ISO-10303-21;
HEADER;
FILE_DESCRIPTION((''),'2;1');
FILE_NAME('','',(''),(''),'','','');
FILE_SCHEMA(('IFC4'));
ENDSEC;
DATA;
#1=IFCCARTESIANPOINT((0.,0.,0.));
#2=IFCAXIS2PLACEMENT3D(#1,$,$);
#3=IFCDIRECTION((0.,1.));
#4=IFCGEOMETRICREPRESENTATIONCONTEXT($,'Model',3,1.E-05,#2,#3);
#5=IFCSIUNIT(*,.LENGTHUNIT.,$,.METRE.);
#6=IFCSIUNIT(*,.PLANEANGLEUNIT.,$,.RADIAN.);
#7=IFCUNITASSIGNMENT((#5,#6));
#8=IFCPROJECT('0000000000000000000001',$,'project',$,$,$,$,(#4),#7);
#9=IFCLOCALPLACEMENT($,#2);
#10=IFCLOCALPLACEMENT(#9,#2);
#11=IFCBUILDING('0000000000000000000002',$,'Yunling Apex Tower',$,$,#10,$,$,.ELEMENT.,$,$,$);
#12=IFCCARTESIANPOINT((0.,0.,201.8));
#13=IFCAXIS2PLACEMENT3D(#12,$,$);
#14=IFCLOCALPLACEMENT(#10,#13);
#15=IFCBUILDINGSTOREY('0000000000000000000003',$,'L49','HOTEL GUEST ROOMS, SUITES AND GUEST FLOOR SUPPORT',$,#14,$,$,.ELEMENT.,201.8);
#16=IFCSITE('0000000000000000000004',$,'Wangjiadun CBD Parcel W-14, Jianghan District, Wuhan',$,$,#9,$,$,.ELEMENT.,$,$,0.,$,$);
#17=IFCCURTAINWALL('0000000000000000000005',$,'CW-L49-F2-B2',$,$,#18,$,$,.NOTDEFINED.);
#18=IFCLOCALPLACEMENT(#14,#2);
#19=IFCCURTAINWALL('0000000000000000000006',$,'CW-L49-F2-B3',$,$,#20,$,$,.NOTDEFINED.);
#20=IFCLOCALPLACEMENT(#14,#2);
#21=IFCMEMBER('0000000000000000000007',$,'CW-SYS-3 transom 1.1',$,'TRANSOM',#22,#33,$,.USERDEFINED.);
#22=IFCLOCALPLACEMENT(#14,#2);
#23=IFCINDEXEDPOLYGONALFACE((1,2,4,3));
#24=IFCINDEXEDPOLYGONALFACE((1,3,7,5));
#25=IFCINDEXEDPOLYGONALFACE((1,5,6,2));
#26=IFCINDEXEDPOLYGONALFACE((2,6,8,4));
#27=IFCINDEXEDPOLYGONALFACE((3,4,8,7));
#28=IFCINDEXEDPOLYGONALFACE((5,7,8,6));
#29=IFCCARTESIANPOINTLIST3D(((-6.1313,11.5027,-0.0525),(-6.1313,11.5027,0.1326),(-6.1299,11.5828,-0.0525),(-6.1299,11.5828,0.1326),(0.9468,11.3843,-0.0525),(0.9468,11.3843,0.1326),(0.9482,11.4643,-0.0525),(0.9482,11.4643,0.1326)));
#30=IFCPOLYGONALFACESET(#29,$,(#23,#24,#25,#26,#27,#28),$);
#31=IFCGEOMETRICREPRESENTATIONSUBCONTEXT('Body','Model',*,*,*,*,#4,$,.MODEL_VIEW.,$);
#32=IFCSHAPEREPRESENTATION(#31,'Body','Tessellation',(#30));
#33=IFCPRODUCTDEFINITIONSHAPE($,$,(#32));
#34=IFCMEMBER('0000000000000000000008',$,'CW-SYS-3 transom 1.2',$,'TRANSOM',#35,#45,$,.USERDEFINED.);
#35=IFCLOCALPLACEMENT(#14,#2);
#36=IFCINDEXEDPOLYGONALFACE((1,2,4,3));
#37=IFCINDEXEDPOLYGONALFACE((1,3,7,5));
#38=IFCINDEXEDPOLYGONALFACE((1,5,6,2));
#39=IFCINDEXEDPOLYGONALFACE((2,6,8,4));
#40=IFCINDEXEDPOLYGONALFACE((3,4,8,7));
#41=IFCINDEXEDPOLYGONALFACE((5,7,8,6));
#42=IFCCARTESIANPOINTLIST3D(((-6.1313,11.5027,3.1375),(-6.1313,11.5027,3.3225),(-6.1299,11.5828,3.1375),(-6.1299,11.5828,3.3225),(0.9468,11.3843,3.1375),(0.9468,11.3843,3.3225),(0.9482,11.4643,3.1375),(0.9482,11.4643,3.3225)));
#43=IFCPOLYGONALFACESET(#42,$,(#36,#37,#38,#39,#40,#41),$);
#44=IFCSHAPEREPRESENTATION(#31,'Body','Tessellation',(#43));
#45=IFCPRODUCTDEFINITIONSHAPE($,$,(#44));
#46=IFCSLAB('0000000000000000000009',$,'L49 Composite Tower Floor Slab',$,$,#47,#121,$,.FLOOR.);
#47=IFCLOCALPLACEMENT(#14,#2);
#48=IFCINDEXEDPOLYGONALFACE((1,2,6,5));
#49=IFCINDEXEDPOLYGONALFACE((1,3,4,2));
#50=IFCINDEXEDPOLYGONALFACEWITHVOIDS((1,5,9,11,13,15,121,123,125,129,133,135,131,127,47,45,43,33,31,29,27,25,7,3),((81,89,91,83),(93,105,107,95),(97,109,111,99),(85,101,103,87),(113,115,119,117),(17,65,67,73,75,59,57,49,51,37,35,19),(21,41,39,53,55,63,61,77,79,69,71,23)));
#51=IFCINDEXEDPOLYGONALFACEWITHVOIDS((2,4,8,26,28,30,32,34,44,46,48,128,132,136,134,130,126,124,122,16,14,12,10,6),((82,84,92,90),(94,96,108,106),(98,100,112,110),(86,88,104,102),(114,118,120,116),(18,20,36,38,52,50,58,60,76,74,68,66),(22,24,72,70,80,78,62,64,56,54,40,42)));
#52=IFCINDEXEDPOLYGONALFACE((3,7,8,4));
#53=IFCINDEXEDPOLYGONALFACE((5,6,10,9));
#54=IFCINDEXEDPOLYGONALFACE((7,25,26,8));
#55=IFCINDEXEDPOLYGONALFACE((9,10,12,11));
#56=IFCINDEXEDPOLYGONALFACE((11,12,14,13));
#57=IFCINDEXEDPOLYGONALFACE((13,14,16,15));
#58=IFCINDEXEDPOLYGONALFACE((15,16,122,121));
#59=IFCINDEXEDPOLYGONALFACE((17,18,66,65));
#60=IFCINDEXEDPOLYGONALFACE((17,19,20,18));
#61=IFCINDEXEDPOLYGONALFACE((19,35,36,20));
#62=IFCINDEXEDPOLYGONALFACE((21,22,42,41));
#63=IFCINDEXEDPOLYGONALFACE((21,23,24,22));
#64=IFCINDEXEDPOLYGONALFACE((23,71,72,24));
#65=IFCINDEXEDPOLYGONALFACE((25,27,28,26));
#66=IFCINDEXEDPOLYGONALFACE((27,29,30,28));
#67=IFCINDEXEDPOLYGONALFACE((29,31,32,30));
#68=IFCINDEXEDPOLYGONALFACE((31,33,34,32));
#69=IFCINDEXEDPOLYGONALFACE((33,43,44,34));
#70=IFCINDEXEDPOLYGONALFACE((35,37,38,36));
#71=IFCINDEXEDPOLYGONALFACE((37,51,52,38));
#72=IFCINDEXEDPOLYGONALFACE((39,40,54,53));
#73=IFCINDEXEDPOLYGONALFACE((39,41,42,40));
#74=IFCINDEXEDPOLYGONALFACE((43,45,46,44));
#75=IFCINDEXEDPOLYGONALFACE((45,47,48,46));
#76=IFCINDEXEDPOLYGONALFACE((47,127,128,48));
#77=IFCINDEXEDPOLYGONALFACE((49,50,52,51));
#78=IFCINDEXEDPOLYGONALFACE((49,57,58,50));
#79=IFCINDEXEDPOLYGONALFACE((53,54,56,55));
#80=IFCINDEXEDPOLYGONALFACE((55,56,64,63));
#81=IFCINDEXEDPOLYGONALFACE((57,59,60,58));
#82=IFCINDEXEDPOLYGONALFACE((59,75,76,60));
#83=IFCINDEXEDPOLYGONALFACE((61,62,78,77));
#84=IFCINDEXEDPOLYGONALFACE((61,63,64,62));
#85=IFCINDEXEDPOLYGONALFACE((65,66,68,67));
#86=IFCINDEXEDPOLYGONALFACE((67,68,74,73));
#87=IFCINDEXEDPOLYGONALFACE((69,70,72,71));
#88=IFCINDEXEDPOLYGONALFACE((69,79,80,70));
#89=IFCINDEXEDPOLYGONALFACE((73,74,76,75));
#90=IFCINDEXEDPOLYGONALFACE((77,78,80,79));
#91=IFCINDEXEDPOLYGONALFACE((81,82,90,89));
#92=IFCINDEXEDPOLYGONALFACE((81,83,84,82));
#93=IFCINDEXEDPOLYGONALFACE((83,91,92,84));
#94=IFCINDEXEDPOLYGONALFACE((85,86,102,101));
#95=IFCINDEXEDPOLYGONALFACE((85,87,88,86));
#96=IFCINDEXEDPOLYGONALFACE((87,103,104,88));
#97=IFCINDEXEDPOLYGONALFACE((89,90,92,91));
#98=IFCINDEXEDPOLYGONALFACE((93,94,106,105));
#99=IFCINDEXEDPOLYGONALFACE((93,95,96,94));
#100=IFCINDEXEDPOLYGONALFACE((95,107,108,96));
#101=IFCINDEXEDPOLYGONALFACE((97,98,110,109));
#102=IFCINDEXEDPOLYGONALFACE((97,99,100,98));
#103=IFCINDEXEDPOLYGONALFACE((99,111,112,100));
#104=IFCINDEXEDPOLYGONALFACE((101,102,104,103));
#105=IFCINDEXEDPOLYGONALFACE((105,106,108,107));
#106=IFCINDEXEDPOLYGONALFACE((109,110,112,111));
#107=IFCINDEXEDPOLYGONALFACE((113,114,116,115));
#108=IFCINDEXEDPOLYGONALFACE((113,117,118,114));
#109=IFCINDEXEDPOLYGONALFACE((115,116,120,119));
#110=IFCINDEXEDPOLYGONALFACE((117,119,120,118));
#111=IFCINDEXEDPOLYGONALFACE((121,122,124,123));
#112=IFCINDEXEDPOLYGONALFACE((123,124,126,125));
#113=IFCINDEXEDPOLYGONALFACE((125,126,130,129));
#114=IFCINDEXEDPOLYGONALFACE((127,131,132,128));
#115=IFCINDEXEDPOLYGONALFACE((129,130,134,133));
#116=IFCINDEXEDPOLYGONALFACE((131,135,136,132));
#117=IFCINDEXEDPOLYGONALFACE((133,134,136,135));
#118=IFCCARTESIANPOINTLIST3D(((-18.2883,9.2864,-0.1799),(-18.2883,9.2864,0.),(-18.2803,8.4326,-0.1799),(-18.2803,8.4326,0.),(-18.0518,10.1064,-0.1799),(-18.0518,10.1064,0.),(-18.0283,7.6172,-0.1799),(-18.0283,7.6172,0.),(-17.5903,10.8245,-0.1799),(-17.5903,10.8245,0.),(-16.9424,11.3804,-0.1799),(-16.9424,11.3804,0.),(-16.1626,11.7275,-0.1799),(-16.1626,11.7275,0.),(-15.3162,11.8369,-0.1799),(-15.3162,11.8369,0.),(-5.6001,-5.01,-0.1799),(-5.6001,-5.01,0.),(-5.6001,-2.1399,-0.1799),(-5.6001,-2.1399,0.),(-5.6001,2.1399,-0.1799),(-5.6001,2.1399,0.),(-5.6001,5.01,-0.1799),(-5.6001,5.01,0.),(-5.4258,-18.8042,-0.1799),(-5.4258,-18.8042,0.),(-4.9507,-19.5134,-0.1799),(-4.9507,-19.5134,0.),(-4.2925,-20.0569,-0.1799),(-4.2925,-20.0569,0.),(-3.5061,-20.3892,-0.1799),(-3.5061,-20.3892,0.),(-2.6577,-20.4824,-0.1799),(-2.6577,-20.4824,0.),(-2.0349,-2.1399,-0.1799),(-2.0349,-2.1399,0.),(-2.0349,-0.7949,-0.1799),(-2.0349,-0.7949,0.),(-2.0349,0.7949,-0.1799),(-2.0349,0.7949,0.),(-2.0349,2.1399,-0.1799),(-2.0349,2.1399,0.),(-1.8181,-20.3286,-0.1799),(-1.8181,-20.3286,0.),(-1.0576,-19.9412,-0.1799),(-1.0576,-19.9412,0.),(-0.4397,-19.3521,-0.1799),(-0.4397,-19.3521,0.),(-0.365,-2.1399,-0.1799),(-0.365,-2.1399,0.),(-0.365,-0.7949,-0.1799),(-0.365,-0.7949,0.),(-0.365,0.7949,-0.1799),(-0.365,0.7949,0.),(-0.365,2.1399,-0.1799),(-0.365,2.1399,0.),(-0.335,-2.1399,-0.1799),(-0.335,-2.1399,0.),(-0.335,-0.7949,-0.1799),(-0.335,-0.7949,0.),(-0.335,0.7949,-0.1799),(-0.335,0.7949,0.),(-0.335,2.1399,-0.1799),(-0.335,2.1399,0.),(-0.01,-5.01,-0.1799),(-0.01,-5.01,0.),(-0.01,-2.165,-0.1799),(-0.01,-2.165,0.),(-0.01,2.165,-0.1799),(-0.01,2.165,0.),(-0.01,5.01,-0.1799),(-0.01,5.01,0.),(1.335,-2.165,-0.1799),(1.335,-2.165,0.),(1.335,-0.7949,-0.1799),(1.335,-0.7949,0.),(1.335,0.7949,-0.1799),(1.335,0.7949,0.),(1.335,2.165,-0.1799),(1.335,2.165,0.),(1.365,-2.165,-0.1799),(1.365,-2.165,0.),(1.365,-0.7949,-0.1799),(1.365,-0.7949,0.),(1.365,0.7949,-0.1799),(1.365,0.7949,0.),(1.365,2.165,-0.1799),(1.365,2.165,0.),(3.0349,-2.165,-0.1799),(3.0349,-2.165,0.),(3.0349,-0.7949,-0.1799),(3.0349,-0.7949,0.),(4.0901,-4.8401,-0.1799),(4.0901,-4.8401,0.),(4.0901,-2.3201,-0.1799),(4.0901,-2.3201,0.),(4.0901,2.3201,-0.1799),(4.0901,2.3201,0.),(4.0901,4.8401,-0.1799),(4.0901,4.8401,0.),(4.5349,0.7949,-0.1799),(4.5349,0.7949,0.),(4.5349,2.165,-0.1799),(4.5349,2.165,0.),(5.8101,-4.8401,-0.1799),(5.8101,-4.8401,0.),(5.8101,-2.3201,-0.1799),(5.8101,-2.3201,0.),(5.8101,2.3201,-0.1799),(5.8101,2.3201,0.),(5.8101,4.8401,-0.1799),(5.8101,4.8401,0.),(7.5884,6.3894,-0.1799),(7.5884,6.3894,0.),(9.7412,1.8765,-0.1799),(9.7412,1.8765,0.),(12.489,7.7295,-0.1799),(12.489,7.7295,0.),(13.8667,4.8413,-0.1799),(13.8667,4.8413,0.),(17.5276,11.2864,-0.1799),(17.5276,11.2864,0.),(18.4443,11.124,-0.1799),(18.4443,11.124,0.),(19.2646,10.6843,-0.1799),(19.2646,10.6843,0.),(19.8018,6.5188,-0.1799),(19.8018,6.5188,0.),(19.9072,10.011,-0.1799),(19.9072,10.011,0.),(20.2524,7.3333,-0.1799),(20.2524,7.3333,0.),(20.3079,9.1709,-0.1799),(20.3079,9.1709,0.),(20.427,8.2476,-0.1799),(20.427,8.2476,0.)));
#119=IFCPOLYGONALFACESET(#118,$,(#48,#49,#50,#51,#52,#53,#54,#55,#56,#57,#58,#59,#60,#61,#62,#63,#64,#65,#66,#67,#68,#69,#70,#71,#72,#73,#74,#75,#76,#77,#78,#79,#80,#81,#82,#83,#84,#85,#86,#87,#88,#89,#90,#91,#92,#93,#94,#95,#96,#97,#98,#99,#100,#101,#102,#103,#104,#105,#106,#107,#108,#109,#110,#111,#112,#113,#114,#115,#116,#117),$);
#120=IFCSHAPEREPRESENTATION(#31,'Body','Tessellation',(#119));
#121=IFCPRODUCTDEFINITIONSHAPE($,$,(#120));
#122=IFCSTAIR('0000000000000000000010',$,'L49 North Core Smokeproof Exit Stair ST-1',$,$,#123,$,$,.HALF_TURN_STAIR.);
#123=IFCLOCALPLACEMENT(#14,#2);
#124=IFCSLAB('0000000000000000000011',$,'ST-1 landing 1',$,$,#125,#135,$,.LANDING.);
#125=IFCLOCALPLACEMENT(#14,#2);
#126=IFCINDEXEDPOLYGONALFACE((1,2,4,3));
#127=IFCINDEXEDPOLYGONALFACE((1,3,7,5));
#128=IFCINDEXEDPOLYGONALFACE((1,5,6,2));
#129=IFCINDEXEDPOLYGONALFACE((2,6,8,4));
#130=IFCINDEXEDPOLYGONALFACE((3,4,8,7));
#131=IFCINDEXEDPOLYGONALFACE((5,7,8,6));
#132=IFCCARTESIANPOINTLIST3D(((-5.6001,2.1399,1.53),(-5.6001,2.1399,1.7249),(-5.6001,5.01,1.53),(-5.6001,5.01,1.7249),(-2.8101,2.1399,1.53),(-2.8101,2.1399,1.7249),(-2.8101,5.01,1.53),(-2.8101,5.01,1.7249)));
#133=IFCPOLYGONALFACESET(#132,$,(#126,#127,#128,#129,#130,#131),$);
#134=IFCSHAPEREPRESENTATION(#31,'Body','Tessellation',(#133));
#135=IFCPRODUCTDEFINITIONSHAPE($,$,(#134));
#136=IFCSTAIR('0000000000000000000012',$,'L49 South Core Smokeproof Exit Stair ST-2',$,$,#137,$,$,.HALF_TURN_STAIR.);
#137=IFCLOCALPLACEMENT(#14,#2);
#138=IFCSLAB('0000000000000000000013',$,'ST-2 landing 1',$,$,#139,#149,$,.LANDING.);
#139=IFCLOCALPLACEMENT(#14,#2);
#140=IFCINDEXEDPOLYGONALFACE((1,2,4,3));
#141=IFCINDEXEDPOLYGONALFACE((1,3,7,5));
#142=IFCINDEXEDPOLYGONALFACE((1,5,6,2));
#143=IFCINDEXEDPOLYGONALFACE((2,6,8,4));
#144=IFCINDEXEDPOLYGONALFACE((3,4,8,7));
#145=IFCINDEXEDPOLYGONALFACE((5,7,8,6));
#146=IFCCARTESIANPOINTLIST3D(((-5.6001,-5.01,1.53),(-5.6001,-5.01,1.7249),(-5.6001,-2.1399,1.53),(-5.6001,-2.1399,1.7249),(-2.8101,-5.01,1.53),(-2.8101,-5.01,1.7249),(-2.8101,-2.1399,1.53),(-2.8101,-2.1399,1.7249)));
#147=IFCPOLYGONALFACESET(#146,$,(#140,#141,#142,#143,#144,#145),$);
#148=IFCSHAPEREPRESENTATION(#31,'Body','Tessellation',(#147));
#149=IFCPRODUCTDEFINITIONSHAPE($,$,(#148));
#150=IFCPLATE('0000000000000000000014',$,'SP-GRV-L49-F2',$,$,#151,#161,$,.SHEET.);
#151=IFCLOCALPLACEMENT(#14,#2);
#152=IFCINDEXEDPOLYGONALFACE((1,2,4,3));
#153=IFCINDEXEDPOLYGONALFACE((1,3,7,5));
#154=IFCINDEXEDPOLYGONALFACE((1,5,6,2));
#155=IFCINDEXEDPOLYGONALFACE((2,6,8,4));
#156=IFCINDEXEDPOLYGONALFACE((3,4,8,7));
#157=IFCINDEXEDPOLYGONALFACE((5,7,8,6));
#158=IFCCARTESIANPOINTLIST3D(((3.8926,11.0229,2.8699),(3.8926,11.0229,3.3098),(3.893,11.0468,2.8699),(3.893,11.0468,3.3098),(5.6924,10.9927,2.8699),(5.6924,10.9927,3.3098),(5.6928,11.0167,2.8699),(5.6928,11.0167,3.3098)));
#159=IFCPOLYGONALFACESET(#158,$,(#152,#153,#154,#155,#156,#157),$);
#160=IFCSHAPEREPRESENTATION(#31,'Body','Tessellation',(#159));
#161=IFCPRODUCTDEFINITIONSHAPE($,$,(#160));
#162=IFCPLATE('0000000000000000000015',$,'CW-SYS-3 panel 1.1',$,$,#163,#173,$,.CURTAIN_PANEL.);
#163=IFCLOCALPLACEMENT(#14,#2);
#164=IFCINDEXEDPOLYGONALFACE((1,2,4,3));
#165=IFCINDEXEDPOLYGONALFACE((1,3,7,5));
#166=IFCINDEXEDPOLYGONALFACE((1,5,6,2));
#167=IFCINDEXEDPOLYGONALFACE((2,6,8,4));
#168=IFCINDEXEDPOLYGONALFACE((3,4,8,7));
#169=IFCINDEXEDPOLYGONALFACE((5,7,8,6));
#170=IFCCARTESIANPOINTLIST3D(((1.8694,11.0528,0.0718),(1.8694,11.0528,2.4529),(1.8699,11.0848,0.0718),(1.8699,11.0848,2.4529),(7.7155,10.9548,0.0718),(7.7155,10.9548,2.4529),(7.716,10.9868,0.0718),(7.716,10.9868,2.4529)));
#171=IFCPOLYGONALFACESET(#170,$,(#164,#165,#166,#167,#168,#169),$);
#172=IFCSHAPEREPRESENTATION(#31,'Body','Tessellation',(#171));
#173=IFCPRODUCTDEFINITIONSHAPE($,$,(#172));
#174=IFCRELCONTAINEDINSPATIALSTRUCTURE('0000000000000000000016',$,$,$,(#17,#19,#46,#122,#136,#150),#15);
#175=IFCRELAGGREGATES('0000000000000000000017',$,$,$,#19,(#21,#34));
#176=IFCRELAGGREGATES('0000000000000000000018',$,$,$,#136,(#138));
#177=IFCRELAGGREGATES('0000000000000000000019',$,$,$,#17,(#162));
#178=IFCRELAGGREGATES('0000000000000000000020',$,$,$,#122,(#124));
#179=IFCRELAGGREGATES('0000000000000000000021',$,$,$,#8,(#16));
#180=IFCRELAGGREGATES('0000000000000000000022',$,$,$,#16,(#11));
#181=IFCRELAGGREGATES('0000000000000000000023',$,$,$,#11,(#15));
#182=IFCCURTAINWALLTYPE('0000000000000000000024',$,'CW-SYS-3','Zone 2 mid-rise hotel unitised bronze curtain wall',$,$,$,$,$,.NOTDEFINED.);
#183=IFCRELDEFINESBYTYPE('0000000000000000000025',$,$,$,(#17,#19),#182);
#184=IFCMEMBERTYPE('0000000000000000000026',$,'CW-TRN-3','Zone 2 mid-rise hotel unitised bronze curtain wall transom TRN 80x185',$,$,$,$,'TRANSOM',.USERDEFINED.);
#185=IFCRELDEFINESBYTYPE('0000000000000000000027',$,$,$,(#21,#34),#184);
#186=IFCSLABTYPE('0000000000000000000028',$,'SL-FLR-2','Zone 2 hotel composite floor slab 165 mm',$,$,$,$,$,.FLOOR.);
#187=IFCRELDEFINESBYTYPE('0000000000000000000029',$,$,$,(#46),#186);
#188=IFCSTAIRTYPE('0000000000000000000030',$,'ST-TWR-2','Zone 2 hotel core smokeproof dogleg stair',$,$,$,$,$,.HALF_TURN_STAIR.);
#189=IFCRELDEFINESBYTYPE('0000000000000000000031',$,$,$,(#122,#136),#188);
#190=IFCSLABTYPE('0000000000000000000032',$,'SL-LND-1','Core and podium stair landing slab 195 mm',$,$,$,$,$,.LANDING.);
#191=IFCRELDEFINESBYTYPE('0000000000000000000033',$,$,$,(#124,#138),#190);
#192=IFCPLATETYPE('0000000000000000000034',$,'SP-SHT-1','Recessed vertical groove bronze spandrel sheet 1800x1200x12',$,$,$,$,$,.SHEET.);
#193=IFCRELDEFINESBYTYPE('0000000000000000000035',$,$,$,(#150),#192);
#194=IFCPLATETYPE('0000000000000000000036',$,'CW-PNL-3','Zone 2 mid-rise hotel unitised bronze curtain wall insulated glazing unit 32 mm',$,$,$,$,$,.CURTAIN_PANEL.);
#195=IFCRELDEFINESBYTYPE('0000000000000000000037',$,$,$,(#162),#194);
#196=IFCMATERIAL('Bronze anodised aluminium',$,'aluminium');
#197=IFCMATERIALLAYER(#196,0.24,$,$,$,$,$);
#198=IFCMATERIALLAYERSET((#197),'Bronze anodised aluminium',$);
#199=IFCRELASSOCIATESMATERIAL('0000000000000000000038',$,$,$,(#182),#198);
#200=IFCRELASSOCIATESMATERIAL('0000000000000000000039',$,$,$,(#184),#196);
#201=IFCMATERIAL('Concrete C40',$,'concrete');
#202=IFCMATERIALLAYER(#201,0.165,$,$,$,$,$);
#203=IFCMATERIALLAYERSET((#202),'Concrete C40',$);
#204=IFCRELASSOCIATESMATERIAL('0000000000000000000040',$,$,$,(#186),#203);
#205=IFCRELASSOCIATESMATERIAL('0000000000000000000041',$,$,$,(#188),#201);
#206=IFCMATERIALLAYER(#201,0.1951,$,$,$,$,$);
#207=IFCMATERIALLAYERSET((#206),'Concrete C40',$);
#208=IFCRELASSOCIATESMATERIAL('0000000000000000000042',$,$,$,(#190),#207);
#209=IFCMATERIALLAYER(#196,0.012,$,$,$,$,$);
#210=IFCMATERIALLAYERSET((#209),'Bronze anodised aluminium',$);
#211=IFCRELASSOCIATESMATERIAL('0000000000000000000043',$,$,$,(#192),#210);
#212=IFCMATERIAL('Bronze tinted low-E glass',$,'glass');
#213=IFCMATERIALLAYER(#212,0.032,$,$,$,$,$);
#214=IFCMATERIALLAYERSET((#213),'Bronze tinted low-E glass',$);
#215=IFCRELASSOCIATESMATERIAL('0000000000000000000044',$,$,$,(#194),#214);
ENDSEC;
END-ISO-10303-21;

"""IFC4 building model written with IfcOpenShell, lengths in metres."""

from ifc_helpers import new_model, si_unit, direction, frame, origin, origin_2d, place, context, subcontext, project, spatial, polyline, rectangle, outline, extrude, source, transform, mapped, material, layer, layer_set, material_profile, profile_set, type_object, element, aggregate, save


model = new_model("IFC4")

# Units and contexts
model_context = context("Model", 3, precision=1e-05, world=origin(), true_north=direction((0.0, 1.0)))
body_context = subcontext(model_context, "Body", "Model", "MODEL_VIEW")
ifc_project = project(units=[si_unit("LENGTHUNIT", "METRE"), si_unit("PLANEANGLEUNIT", "RADIAN")], contexts=[model_context])

# Site, building, storey
site_placement = place(None, origin())
site = spatial("IfcSite", under=ifc_project, at=site_placement, Name="Wangjiadun CBD Parcel W-14, Jianghan District, Wuhan", CompositionType="ELEMENT", RefElevation=0.0)
building_placement = place(site_placement, origin())
building = spatial("IfcBuilding", under=site, at=building_placement, Name="Yunling Apex Tower", CompositionType="ELEMENT")
storey_placement = place(building_placement, frame((0.0, 0.0, 201.8)))
storey = spatial("IfcBuildingStorey", under=building, at=storey_placement, Name="L49", Description="HOTEL GUEST ROOMS, SUITES AND GUEST FLOOR SUPPORT", CompositionType="ELEMENT", Elevation=201.8)

# Curtain wall
ifc_material_1 = material(Name="Bronze anodised aluminium", Category="aluminium")
ifc_layer_1 = layer(ifc_material_1, 0.24)
ifc_layer_set_1 = layer_set([ifc_layer_1], Name="Bronze anodised aluminium")
curtain_wall_type = type_object("IfcCurtainWallType", Name="CW-SYS-3", Description="Zone 2 mid-rise hotel unitised bronze curtain wall", PredefinedType="NOTDEFINED", material=ifc_layer_set_1)
curtain_wall_1_placement = place(storey_placement, origin())
curtain_wall_1 = element("IfcCurtainWall", 1, at=curtain_wall_1_placement, inside=storey, type_object=curtain_wall_type, Name="CW-L49-F2-B2", PredefinedType="NOTDEFINED")

# Curtain wall, members
curtain_wall_2_placement = place(storey_placement, origin())
curtain_wall_2 = element("IfcCurtainWall", 2, at=curtain_wall_2_placement, inside=storey, type_object=curtain_wall_type, Name="CW-L49-F2-B3", PredefinedType="NOTDEFINED")
ifc_material_profile_1 = material_profile(ifc_material_1, rectangle(XDim=0.0801, YDim=0.1851, at=origin_2d()))
ifc_profile_set_1 = profile_set([ifc_material_profile_1], Name="Bronze anodised aluminium")
member_type_1 = type_object("IfcMemberType", Name="CW-TRN-3", Description="Zone 2 mid-rise hotel unitised bronze curtain wall transom TRN 80x185", ElementType="TRANSOM", PredefinedType="USERDEFINED", material=ifc_profile_set_1)
shared_shape_1 = source(origin(), body_context, "Body", "SweptSolid", [
    extrude(rectangle(XDim=0.0801, YDim=0.1851, at=origin_2d()), origin(), (0.0, 0.0, 1.0), 7.0791),
])
member_1_placement = place(storey_placement, frame((0.9475, 11.4243, 0.04), z_axis=(-0.99986, 0.016726, 0.0), x_axis=(-0.016726, -0.99986, 0.0)))
member_1 = element("IfcMember", 3, at=member_1_placement, type_object=member_type_1, Name="CW-SYS-3 transom 1.1", ObjectType="TRANSOM", PredefinedType="USERDEFINED", context=body_context, shape_type="MappedRepresentation", body=[
    mapped(shared_shape_1, transform((0.0, 0.0, 0.0), scale=1.0)),
])
member_2_placement = place(storey_placement, frame((0.9475, 11.4243, 3.23), z_axis=(-0.99986, 0.016726, 0.0), x_axis=(-0.016726, -0.99986, 0.0)))
member_2 = element("IfcMember", 4, at=member_2_placement, type_object=member_type_1, Name="CW-SYS-3 transom 1.2", ObjectType="TRANSOM", PredefinedType="USERDEFINED", context=body_context, shape_type="MappedRepresentation", body=[
    mapped(shared_shape_1, transform((0.0, 0.0, 0.0), scale=1.0)),
])
aggregate(curtain_wall_2, [member_1, member_2])

# Slab
ifc_material_2 = material(Name="Concrete C40", Category="concrete")
ifc_layer_2 = layer(ifc_material_2, 0.165)
ifc_layer_set_2 = layer_set([ifc_layer_2], Name="Concrete C40")
slab_type_1 = type_object("IfcSlabType", Name="SL-FLR-2", Description="Zone 2 hotel composite floor slab 165 mm", PredefinedType="FLOOR", material=ifc_layer_set_2)
slab_1_placement = place(storey_placement, frame((0.0, 0.0, -0.1799)))
element("IfcSlab", 5, at=slab_1_placement, inside=storey, type_object=slab_type_1, Name="L49 Composite Tower Floor Slab", PredefinedType="FLOOR", context=body_context, shape_type="SweptSolid", body=[
    extrude(outline(polyline([(-5.4258, -18.8042), (-4.9507, -19.5134), (-4.2925, -20.0569), (-3.5061, -20.3892), (-2.6577, -20.4824), (-1.8181, -20.3286), (-1.0576, -19.9412), (-0.4397, -19.3521), (19.8018, 6.5188), (20.2524, 7.3333), (20.427, 8.2476), (20.3079, 9.1709), (19.9072, 10.011), (19.2646, 10.6843), (18.4443, 11.124), (17.5276, 11.2864), (-15.3162, 11.8369), (-16.1626, 11.7275), (-16.9424, 11.3804), (-17.5903, 10.8245), (-18.0518, 10.1064), (-18.2883, 9.2864), (-18.2803, 8.4326), (-18.0283, 7.6172), (-5.4258, -18.8042)]), holes=[polyline([(12.489, 7.7295), (13.8667, 4.8413), (9.7412, 1.8765), (7.5884, 6.3894), (12.489, 7.7295)]), polyline([(4.0901, -2.3201), (5.8101, -2.3201), (5.8101, -4.8401), (4.0901, -4.8401), (4.0901, -2.3201)]), polyline([(5.8101, 4.8401), (5.8101, 2.3201), (4.0901, 2.3201), (4.0901, 4.8401), (5.8101, 4.8401)]), polyline([(1.365, 2.165), (4.5349, 2.165), (4.5349, 0.7949), (1.365, 0.7949), (1.365, 2.165)]), polyline([(3.0349, -0.7949), (3.0349, -2.165), (1.365, -2.165), (1.365, -0.7949), (3.0349, -0.7949)]), polyline([(-2.0349, -0.7949), (-0.365, -0.7949), (-0.365, -2.1399), (-0.335, -2.1399), (-0.335, -0.7949), (1.335, -0.7949), (1.335, -2.165), (-0.01, -2.165), (-0.01, -5.01), (-5.6001, -5.01), (-5.6001, -2.1399), (-2.0349, -2.1399), (-2.0349, -0.7949)]), polyline([(-5.6001, 2.1399), (-5.6001, 5.01), (-0.01, 5.01), (-0.01, 2.165), (1.335, 2.165), (1.335, 0.7949), (-0.335, 0.7949), (-0.335, 2.1399), (-0.365, 2.1399), (-0.365, 0.7949), (-2.0349, 0.7949), (-2.0349, 2.1399), (-5.6001, 2.1399)])]), origin(), (0.0, 0.0, 1.0), 0.1799),
])

# Stairs, slabs
stair_type = type_object("IfcStairType", Name="ST-TWR-2", Description="Zone 2 hotel core smokeproof dogleg stair", PredefinedType="HALF_TURN_STAIR", material=ifc_material_2)
stair_1_placement = place(storey_placement, origin())
stair_1 = element("IfcStair", 6, at=stair_1_placement, inside=storey, type_object=stair_type, Name="L49 North Core Smokeproof Exit Stair ST-1", PredefinedType="HALF_TURN_STAIR")
ifc_layer_3 = layer(ifc_material_2, 0.1951)
ifc_layer_set_3 = layer_set([ifc_layer_3], Name="Concrete C40")
slab_type_2 = type_object("IfcSlabType", Name="SL-LND-1", Description="Core and podium stair landing slab 195 mm", PredefinedType="LANDING", material=ifc_layer_set_3)
slab_2_placement = place(storey_placement, frame((0.0, 0.0, 1.53)))
slab_2 = element("IfcSlab", 7, at=slab_2_placement, type_object=slab_type_2, Name="ST-1 landing 1", PredefinedType="LANDING", context=body_context, shape_type="SweptSolid", body=[
    extrude(outline(polyline([(-2.8101, 5.01), (-5.6001, 5.01), (-5.6001, 2.1399), (-2.8101, 2.1399), (-2.8101, 5.01)])), origin(), (0.0, 0.0, 1.0), 0.1948),
])
stair_2_placement = place(storey_placement, origin())
stair_2 = element("IfcStair", 8, at=stair_2_placement, inside=storey, type_object=stair_type, Name="L49 South Core Smokeproof Exit Stair ST-2", PredefinedType="HALF_TURN_STAIR")
slab_3_placement = place(storey_placement, frame((0.0, 0.0, 1.53)))
slab_3 = element("IfcSlab", 9, at=slab_3_placement, type_object=slab_type_2, Name="ST-2 landing 1", PredefinedType="LANDING", context=body_context, shape_type="SweptSolid", body=[
    extrude(outline(polyline([(-2.8101, -2.1399), (-5.6001, -2.1399), (-5.6001, -5.01), (-2.8101, -5.01), (-2.8101, -2.1399)])), origin(), (0.0, 0.0, 1.0), 0.1948),
])
aggregate(stair_2, [slab_3])

# Plates
ifc_layer_4 = layer(ifc_material_1, 0.012)
ifc_layer_set_4 = layer_set([ifc_layer_4], Name="Bronze anodised aluminium")
plate_type_1 = type_object("IfcPlateType", Name="SP-SHT-1", Description="Recessed vertical groove bronze spandrel sheet 1800x1200x12", PredefinedType="SHEET", material=ifc_layer_set_4)
shared_shape_2 = source(origin(), body_context, "Body", "SweptSolid", [
    extrude(rectangle(XDim=1.8, YDim=0.0239, at=origin_2d()), origin(), (0.0, 0.0, 1.0), 0.4399),
])
plate_1_placement = place(storey_placement, frame((4.7927, 11.0198, 2.8699), z_axis=(0.0, 0.0, 1.0), x_axis=(-0.99986, 0.016754, 0.0)))
element("IfcPlate", 10, at=plate_1_placement, inside=storey, type_object=plate_type_1, Name="SP-GRV-L49-F2", PredefinedType="SHEET", context=body_context, shape_type="MappedRepresentation", body=[
    mapped(shared_shape_2, transform((0.0, 0.0, 0.0), scale=1.0)),
])
ifc_material_3 = material(Name="Bronze tinted low-E glass", Category="glass")
ifc_layer_5 = layer(ifc_material_3, 0.032)
ifc_layer_set_5 = layer_set([ifc_layer_5], Name="Bronze tinted low-E glass")
plate_type_2 = type_object("IfcPlateType", Name="CW-PNL-3", Description="Zone 2 mid-rise hotel unitised bronze curtain wall insulated glazing unit 32 mm", PredefinedType="CURTAIN_PANEL", material=ifc_layer_set_5)
shared_shape_3 = source(origin(), body_context, "Body", "SweptSolid", [
    extrude(rectangle(XDim=5.8469, YDim=0.032, at=origin_2d()), origin(), (0.0, 0.0, 1.0), 2.3811),
])
plate_2_placement = place(storey_placement, frame((4.7927, 11.0198, 0.0718), z_axis=(0.0, 0.0, 1.0), x_axis=(-0.99986, 0.016759, 0.0)))
plate_2 = element("IfcPlate", 11, at=plate_2_placement, type_object=plate_type_2, Name="CW-SYS-3 panel 1.1", PredefinedType="CURTAIN_PANEL", context=body_context, shape_type="MappedRepresentation", body=[
    mapped(shared_shape_3, transform((0.0, 0.0, 0.0), scale=1.0)),
])
aggregate(curtain_wall_1, [plate_2])

aggregate(stair_1, [slab_2])

save(model, "model.ifc")
